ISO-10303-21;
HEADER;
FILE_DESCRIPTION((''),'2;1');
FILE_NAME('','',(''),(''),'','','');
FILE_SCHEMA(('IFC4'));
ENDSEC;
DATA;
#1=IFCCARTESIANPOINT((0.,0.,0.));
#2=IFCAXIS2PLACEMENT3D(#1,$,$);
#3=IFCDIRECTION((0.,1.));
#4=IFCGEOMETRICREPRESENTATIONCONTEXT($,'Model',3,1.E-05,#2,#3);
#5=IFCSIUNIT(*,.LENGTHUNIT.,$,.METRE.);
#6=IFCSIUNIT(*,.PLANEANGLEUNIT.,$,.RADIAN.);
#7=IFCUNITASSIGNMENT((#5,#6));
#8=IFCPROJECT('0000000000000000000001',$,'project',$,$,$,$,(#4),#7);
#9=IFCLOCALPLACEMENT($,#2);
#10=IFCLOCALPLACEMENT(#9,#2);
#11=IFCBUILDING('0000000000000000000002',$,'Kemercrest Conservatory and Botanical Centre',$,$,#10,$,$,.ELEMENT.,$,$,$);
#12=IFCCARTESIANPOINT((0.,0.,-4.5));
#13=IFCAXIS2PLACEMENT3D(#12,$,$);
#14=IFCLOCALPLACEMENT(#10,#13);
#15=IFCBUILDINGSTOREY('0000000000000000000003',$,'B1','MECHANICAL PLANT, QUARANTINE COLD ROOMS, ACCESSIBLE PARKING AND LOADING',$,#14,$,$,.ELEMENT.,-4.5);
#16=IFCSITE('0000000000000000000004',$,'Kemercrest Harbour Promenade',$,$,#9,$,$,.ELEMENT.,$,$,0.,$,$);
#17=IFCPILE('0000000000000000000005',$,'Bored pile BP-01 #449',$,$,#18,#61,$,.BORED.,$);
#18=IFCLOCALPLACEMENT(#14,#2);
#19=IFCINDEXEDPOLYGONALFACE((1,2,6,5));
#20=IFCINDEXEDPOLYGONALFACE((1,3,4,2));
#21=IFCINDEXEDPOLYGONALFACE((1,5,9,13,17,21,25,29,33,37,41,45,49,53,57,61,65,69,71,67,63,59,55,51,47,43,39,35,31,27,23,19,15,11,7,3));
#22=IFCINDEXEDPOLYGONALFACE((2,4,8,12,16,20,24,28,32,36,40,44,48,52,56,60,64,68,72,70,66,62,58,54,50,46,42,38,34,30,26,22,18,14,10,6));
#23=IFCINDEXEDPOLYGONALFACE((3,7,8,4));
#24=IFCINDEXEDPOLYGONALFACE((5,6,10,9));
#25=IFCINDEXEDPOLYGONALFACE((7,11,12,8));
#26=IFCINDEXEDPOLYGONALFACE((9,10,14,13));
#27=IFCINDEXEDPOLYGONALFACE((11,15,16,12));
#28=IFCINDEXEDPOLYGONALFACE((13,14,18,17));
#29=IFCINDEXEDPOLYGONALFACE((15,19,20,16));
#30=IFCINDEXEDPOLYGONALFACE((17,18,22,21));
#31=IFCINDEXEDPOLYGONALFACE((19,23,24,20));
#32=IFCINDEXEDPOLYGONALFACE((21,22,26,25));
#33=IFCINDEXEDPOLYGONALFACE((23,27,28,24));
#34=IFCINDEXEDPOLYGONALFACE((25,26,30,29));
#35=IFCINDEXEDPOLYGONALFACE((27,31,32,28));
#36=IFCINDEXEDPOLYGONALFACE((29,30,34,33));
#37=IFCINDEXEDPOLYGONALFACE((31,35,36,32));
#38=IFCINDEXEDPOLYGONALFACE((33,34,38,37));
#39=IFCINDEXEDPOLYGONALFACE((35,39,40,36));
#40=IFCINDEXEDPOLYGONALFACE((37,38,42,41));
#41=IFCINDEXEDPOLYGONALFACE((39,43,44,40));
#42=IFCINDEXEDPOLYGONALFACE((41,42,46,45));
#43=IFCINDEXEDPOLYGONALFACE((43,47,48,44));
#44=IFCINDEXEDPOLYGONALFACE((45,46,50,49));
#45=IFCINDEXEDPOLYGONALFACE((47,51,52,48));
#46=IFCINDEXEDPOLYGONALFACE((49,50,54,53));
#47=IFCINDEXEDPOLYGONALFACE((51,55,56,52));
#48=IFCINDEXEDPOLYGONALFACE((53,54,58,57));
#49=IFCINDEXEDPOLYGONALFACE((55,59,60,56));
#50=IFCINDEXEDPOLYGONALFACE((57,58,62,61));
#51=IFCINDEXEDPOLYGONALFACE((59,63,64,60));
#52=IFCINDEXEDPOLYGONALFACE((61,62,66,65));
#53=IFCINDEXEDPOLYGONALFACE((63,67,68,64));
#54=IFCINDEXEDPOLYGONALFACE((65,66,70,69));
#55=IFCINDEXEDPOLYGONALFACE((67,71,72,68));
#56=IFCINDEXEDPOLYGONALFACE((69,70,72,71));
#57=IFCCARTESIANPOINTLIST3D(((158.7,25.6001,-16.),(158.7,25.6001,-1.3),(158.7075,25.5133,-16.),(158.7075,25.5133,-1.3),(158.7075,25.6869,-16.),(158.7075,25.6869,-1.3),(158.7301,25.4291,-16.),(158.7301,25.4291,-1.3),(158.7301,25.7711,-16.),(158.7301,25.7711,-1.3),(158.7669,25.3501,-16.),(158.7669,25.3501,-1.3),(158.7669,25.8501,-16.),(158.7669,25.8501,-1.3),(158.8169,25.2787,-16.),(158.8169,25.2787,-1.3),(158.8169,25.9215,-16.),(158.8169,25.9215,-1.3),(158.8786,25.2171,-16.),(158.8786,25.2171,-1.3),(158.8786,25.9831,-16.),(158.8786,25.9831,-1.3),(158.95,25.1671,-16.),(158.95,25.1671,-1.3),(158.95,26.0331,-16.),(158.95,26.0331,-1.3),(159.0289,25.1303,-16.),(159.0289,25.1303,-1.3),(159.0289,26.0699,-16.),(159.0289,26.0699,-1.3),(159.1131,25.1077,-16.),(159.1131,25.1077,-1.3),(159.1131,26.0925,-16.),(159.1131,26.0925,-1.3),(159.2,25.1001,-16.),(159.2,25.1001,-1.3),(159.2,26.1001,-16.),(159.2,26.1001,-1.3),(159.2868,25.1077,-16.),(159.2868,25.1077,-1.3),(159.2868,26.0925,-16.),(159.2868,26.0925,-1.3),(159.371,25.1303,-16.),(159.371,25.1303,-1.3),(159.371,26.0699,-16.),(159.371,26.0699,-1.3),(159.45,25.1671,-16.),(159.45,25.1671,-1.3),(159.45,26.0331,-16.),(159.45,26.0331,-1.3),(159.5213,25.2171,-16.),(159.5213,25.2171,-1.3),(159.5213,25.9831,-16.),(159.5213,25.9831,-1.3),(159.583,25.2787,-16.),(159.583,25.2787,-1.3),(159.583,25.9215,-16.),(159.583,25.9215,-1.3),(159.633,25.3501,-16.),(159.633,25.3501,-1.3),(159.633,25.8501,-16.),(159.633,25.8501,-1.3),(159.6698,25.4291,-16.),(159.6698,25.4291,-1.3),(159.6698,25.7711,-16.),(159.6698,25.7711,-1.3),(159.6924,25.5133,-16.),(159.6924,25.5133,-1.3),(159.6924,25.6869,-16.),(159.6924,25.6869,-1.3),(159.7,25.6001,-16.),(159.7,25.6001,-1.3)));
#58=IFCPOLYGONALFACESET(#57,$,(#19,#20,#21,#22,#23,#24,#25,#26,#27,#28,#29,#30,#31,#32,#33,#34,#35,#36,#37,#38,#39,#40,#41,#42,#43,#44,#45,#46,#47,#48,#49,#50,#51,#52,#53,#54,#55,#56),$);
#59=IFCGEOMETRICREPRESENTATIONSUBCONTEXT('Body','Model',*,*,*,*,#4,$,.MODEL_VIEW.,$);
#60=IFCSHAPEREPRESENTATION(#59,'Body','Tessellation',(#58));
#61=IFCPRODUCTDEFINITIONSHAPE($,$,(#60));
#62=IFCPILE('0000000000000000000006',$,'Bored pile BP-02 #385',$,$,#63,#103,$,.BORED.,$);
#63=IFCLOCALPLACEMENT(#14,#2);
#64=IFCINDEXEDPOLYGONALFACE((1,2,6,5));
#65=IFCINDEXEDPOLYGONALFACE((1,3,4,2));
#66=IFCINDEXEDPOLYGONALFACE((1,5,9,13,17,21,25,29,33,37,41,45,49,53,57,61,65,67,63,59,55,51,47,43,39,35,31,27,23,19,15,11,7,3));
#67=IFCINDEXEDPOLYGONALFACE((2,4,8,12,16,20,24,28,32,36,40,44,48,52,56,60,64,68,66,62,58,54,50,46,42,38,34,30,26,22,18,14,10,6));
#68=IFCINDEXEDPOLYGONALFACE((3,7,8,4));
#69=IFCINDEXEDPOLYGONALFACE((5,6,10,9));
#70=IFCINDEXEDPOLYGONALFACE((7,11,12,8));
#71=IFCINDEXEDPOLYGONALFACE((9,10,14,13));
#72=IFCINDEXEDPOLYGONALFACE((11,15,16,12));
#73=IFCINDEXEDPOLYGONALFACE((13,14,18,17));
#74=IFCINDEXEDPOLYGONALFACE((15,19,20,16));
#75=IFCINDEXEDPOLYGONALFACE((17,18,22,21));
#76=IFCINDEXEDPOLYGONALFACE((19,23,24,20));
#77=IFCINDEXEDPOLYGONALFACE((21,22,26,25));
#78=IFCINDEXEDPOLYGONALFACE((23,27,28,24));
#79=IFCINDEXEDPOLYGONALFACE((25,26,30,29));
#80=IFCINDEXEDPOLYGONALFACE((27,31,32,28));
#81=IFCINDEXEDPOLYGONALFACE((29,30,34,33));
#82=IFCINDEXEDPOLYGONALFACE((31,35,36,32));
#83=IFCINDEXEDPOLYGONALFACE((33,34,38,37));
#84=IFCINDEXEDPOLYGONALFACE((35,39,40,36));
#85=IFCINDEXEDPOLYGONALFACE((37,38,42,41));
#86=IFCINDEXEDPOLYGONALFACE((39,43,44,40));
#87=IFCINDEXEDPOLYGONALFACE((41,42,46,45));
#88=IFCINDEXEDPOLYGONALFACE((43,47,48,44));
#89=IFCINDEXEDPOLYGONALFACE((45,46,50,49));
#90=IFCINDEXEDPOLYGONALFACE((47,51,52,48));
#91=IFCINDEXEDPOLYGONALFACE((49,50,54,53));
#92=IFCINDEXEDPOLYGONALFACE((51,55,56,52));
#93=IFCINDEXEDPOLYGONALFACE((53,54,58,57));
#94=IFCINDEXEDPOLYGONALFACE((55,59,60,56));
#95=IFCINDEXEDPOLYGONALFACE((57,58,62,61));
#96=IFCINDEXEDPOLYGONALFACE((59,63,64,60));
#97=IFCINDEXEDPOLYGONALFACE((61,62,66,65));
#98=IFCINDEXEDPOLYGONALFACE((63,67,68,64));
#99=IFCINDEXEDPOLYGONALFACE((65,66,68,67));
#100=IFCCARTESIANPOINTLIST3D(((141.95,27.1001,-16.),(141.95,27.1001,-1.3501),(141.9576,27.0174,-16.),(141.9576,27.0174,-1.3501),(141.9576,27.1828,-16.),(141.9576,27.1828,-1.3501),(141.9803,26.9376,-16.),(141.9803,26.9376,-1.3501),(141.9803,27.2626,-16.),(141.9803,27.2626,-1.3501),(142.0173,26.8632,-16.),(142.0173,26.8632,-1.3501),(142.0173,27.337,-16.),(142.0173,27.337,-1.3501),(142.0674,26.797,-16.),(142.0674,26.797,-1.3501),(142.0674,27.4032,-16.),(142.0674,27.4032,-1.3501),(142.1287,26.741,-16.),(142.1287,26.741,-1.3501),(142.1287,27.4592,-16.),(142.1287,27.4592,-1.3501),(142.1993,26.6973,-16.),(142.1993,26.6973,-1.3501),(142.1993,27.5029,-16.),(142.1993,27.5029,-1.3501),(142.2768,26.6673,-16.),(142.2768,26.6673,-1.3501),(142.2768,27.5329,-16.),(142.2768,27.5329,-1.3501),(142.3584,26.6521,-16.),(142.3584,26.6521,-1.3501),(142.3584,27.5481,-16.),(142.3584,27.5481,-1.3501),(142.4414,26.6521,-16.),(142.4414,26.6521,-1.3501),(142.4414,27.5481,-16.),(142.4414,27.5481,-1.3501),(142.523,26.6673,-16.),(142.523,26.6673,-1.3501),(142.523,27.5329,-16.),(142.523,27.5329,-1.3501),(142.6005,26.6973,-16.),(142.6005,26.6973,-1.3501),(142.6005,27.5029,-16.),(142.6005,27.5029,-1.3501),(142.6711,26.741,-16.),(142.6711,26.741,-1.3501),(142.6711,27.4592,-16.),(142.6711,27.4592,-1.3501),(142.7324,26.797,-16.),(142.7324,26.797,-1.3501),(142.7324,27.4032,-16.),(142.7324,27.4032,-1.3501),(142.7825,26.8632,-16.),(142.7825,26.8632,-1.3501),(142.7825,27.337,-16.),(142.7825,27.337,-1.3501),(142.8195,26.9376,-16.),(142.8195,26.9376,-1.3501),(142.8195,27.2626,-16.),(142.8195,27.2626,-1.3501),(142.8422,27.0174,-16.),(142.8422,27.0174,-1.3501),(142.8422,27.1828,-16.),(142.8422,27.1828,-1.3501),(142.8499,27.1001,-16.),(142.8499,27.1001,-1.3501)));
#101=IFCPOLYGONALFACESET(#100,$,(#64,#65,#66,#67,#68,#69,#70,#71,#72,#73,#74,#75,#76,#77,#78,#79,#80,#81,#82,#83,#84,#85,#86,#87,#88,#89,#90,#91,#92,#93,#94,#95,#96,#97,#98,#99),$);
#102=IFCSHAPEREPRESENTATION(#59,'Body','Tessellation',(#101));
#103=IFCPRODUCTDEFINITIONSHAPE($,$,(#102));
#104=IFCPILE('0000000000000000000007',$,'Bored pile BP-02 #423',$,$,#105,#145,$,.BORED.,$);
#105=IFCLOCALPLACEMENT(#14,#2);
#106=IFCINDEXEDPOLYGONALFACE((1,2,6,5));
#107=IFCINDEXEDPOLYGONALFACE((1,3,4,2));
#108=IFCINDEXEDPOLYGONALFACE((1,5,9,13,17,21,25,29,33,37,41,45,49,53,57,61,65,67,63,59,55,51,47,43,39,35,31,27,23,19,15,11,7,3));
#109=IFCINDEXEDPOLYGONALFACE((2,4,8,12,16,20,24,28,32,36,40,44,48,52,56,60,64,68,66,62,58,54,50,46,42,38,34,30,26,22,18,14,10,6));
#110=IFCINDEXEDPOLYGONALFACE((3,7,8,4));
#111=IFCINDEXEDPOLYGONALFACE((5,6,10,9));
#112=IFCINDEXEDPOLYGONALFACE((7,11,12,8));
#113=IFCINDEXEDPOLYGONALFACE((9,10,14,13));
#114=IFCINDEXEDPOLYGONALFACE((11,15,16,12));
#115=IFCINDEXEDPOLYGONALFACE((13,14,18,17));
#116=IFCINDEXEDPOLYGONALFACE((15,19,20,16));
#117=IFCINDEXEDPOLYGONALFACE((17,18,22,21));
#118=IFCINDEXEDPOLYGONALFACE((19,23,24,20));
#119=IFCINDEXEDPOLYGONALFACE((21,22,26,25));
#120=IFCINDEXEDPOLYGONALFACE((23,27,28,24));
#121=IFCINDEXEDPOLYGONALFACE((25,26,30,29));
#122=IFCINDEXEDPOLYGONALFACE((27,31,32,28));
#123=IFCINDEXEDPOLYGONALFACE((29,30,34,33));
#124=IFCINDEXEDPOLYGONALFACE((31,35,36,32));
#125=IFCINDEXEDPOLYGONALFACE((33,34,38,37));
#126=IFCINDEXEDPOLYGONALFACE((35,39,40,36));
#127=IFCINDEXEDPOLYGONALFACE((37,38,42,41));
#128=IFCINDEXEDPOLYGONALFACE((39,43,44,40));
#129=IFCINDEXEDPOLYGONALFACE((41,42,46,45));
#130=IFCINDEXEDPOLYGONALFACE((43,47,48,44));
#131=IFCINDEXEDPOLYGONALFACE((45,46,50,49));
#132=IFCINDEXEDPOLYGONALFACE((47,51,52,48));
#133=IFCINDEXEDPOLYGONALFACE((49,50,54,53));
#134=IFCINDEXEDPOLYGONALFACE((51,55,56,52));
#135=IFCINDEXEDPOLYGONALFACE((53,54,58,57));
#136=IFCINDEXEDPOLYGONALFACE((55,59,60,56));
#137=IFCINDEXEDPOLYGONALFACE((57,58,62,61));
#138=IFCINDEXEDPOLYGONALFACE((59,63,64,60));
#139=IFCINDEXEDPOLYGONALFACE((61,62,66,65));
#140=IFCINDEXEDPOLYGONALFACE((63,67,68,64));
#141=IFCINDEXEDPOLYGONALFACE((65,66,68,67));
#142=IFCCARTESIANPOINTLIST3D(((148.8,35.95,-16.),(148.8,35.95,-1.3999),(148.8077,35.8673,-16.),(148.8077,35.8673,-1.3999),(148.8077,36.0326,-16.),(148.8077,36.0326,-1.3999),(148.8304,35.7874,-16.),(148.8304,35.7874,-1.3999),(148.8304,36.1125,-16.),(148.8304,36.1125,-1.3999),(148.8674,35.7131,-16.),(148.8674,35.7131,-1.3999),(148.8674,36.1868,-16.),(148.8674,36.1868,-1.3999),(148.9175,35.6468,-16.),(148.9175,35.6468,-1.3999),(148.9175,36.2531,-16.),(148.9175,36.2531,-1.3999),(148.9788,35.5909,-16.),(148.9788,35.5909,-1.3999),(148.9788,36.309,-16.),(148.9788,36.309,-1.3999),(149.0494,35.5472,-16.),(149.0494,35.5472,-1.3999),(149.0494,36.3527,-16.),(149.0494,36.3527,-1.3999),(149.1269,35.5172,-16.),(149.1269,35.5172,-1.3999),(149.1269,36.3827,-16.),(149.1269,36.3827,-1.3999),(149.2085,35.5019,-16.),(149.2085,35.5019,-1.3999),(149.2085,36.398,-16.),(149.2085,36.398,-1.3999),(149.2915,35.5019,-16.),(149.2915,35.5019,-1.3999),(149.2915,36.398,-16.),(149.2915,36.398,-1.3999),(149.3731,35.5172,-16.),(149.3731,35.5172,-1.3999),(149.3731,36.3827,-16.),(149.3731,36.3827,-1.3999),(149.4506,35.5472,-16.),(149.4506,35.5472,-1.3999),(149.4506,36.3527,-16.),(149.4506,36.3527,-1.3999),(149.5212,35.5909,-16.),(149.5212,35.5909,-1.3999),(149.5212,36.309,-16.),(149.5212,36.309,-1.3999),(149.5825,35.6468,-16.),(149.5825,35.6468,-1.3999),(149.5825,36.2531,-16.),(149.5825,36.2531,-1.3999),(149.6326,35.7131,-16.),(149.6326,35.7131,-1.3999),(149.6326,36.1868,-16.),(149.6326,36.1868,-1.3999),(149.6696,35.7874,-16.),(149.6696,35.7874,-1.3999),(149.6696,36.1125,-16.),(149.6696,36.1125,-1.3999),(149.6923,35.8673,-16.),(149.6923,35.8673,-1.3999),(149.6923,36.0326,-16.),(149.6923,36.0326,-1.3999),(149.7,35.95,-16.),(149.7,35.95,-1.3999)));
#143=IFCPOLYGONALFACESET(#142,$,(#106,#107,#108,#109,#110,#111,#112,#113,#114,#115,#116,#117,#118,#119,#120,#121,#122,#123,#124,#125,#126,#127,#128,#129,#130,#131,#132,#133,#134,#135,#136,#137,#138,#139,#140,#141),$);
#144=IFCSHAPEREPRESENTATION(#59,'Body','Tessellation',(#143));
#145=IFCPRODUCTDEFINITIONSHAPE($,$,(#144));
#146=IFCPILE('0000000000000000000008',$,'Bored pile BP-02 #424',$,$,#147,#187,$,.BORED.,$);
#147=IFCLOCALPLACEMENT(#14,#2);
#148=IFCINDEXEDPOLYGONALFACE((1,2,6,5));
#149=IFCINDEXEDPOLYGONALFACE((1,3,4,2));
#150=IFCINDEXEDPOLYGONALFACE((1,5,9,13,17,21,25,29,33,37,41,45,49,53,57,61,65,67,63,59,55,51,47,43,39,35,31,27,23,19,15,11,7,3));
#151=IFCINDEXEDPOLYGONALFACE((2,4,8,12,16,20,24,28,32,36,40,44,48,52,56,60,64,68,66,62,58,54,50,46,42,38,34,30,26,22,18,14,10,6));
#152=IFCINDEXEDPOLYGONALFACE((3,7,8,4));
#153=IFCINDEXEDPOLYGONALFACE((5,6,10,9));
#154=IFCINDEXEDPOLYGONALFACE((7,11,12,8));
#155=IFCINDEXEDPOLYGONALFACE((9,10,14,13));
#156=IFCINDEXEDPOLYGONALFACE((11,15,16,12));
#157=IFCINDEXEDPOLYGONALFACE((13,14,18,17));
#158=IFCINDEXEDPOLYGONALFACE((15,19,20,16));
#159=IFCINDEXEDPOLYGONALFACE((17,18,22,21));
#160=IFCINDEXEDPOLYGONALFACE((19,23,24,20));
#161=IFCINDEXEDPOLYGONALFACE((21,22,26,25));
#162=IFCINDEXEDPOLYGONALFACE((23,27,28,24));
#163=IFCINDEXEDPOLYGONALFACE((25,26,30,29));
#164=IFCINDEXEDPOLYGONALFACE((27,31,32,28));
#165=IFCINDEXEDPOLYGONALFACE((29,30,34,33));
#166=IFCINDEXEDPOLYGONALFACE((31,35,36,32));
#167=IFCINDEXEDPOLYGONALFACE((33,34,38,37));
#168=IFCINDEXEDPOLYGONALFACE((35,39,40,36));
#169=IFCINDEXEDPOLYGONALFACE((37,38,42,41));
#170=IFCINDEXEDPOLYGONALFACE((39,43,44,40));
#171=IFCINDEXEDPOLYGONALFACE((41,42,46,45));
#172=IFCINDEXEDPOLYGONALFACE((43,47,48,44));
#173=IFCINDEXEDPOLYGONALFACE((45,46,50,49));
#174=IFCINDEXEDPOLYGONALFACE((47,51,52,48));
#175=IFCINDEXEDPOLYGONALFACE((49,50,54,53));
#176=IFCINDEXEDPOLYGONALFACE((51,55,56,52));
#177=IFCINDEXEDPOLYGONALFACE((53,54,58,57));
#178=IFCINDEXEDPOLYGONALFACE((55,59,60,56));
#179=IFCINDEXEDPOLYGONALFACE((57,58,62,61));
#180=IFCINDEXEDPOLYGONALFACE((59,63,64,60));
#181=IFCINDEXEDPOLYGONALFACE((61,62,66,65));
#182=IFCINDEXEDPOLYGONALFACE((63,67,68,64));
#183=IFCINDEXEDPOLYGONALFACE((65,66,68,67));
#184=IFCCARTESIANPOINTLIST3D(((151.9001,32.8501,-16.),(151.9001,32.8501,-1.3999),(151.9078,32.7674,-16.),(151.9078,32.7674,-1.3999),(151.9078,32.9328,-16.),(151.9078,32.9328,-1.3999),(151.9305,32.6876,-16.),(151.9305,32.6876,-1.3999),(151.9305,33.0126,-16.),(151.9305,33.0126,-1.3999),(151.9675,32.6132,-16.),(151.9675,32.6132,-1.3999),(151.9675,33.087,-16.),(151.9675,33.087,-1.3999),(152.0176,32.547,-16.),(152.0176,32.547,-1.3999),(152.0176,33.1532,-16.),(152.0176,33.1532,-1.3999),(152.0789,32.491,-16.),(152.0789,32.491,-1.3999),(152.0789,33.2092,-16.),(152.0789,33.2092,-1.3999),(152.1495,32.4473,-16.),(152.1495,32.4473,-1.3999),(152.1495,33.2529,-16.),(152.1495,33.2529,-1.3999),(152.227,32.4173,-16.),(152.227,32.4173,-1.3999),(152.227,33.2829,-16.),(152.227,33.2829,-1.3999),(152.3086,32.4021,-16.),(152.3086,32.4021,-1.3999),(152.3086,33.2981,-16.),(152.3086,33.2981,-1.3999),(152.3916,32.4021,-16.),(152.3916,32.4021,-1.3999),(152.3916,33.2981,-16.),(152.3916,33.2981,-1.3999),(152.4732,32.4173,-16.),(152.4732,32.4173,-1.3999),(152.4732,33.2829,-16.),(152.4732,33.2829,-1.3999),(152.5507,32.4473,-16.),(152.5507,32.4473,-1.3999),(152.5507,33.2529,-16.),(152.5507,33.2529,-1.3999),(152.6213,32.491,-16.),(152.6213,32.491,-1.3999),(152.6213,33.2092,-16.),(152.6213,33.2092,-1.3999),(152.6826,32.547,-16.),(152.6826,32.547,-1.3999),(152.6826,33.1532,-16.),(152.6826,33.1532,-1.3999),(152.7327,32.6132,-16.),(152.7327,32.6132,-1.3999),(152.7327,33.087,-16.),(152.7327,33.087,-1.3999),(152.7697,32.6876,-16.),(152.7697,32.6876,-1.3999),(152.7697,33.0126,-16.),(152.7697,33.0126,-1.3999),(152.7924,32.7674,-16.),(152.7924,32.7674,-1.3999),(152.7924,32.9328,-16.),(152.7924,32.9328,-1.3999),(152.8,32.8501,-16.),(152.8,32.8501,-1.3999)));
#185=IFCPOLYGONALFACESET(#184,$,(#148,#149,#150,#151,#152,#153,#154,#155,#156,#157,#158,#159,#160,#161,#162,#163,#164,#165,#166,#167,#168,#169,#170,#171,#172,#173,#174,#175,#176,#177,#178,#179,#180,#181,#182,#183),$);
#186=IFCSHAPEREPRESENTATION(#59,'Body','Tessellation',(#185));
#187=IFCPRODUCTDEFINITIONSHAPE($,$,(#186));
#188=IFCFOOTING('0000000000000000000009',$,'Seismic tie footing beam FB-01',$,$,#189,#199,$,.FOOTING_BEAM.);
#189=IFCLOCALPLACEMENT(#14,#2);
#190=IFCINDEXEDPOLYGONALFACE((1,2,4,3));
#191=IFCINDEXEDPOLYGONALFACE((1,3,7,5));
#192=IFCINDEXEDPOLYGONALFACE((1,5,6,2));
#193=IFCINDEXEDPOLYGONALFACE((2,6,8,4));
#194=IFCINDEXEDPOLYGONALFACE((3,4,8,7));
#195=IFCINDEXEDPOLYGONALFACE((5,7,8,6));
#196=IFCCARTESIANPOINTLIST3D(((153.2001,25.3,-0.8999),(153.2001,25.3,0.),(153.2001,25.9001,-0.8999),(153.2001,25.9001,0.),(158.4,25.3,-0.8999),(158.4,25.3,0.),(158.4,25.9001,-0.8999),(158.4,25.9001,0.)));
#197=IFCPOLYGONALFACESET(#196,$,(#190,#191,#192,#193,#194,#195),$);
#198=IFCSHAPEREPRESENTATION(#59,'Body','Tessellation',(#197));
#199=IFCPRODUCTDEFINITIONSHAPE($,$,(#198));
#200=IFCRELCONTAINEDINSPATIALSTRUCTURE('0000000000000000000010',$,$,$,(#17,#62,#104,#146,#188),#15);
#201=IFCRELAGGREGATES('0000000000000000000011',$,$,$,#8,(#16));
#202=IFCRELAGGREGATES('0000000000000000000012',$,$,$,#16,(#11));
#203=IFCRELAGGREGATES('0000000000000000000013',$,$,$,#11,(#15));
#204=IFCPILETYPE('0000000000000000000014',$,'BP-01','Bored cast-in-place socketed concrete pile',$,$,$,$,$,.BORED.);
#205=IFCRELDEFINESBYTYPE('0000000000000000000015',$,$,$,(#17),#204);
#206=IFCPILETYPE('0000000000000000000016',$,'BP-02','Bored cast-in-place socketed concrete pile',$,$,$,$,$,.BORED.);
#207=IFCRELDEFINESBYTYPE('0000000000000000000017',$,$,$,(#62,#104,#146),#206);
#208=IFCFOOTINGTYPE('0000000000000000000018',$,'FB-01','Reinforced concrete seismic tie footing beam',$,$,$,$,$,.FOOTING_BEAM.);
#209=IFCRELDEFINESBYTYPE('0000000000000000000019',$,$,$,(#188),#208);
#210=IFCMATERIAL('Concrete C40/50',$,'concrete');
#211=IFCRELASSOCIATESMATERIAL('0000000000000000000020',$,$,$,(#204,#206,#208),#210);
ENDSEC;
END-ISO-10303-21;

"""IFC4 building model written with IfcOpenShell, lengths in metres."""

from ifc_helpers import new_model, si_unit, direction, frame, origin, origin_2d, place, context, subcontext, project, spatial, rectangle, circle, extrude, material, material_profile, profile_set, type_object, element, save


model = new_model("IFC4")

# Units and contexts
model_context = context("Model", 3, precision=1e-05, world=origin(), true_north=direction((0.0, 1.0)))
body_context = subcontext(model_context, "Body", "Model", "MODEL_VIEW")
ifc_project = project(units=[si_unit("LENGTHUNIT", "METRE"), si_unit("PLANEANGLEUNIT", "RADIAN")], contexts=[model_context])

# Site, building, storey
site_placement = place(None, origin())
site = spatial("IfcSite", under=ifc_project, at=site_placement, Name="Kemercrest Harbour Promenade", CompositionType="ELEMENT", RefElevation=0.0)
building_placement = place(site_placement, origin())
building = spatial("IfcBuilding", under=site, at=building_placement, Name="Kemercrest Conservatory and Botanical Centre", CompositionType="ELEMENT")
storey_placement = place(building_placement, frame((0.0, 0.0, -4.5)))
storey = spatial("IfcBuildingStorey", under=building, at=storey_placement, Name="B1", Description="MECHANICAL PLANT, QUARANTINE COLD ROOMS, ACCESSIBLE PARKING AND LOADING", CompositionType="ELEMENT", Elevation=-4.5)

# Piles
ifc_material_1 = material(Name="Concrete C40/50", Category="concrete")
ifc_material_profile_1 = material_profile(ifc_material_1, circle(Radius=0.5, at=origin_2d()), Name="BORED PILE 1000")
ifc_profile_set_1 = profile_set([ifc_material_profile_1], Name="Concrete C40/50")
pile_type_1 = type_object("IfcPileType", Name="BP-01", Description="Bored cast-in-place socketed concrete pile", PredefinedType="BORED", material=ifc_profile_set_1)
pile_1_placement = place(storey_placement, frame((159.2, 25.6001, -1.3), z_axis=(0.0, 0.0, -1.0), x_axis=(1.0, 0.0, 0.0)))
element("IfcPile", 1, at=pile_1_placement, inside=storey, type_object=pile_type_1, Name="Bored pile BP-01 #449", PredefinedType="BORED", context=body_context, shape_type="SweptSolid", body=[
    extrude(circle(Radius=0.5, at=origin_2d()), origin(), (0.0, 0.0, 1.0), 14.7),
])
ifc_material_profile_2 = material_profile(ifc_material_1, circle(Radius=0.45, at=origin_2d()), Name="BORED PILE 900")
ifc_profile_set_2 = profile_set([ifc_material_profile_2], Name="Concrete C40/50")
pile_type_2 = type_object("IfcPileType", Name="BP-02", Description="Bored cast-in-place socketed concrete pile", PredefinedType="BORED", material=ifc_profile_set_2)
pile_2_placement = place(storey_placement, frame((142.3999, 27.1001, -1.3501), z_axis=(0.0, 0.0, -1.0), x_axis=(1.0, 0.0, 0.0)))
element("IfcPile", 2, at=pile_2_placement, inside=storey, type_object=pile_type_2, Name="Bored pile BP-02 #385", PredefinedType="BORED", context=body_context, shape_type="SweptSolid", body=[
    extrude(circle(Radius=0.45, at=origin_2d()), origin(), (0.0, 0.0, 1.0), 14.6499),
])
for number, where, z_axis, x_axis, name in (
    (3, (149.25, 35.95, -1.3999), (0.0, 0.0, -1.0), (1.0, 0.0, 0.0), "Bored pile BP-02 #423"),
    (4, (152.3501, 32.8501, -1.3999), (0.0, 0.0, -1.0), (1.0, 0.0, 0.0), "Bored pile BP-02 #424"),
):
    element("IfcPile", number, at=place(storey_placement, frame(where, z_axis=z_axis, x_axis=x_axis)), inside=storey, type_object=pile_type_2, Name=name, PredefinedType="BORED", context=body_context, shape_type="SweptSolid", body=[
        extrude(circle(Radius=0.45, at=origin_2d()), origin(), (0.0, 0.0, 1.0), 14.6001),
    ])

# Footing
footing_type_1 = type_object("IfcFootingType", Name="FB-01", Description="Reinforced concrete seismic tie footing beam", PredefinedType="FOOTING_BEAM", material=ifc_material_1)
footing_1_placement = place(storey_placement, frame((155.8, 25.6001, -0.8999), z_axis=(0.0, 0.0, 1.0), x_axis=(1.0, 0.0, 0.0)))
element("IfcFooting", 5, at=footing_1_placement, inside=storey, type_object=footing_type_1, Name="Seismic tie footing beam FB-01", PredefinedType="FOOTING_BEAM", context=body_context, shape_type="SweptSolid", body=[
    extrude(rectangle(XDim=5.2, YDim=0.6001, at=origin_2d()), origin(), (0.0, 0.0, 1.0), 0.8999),
])

save(model, "model.ifc")
